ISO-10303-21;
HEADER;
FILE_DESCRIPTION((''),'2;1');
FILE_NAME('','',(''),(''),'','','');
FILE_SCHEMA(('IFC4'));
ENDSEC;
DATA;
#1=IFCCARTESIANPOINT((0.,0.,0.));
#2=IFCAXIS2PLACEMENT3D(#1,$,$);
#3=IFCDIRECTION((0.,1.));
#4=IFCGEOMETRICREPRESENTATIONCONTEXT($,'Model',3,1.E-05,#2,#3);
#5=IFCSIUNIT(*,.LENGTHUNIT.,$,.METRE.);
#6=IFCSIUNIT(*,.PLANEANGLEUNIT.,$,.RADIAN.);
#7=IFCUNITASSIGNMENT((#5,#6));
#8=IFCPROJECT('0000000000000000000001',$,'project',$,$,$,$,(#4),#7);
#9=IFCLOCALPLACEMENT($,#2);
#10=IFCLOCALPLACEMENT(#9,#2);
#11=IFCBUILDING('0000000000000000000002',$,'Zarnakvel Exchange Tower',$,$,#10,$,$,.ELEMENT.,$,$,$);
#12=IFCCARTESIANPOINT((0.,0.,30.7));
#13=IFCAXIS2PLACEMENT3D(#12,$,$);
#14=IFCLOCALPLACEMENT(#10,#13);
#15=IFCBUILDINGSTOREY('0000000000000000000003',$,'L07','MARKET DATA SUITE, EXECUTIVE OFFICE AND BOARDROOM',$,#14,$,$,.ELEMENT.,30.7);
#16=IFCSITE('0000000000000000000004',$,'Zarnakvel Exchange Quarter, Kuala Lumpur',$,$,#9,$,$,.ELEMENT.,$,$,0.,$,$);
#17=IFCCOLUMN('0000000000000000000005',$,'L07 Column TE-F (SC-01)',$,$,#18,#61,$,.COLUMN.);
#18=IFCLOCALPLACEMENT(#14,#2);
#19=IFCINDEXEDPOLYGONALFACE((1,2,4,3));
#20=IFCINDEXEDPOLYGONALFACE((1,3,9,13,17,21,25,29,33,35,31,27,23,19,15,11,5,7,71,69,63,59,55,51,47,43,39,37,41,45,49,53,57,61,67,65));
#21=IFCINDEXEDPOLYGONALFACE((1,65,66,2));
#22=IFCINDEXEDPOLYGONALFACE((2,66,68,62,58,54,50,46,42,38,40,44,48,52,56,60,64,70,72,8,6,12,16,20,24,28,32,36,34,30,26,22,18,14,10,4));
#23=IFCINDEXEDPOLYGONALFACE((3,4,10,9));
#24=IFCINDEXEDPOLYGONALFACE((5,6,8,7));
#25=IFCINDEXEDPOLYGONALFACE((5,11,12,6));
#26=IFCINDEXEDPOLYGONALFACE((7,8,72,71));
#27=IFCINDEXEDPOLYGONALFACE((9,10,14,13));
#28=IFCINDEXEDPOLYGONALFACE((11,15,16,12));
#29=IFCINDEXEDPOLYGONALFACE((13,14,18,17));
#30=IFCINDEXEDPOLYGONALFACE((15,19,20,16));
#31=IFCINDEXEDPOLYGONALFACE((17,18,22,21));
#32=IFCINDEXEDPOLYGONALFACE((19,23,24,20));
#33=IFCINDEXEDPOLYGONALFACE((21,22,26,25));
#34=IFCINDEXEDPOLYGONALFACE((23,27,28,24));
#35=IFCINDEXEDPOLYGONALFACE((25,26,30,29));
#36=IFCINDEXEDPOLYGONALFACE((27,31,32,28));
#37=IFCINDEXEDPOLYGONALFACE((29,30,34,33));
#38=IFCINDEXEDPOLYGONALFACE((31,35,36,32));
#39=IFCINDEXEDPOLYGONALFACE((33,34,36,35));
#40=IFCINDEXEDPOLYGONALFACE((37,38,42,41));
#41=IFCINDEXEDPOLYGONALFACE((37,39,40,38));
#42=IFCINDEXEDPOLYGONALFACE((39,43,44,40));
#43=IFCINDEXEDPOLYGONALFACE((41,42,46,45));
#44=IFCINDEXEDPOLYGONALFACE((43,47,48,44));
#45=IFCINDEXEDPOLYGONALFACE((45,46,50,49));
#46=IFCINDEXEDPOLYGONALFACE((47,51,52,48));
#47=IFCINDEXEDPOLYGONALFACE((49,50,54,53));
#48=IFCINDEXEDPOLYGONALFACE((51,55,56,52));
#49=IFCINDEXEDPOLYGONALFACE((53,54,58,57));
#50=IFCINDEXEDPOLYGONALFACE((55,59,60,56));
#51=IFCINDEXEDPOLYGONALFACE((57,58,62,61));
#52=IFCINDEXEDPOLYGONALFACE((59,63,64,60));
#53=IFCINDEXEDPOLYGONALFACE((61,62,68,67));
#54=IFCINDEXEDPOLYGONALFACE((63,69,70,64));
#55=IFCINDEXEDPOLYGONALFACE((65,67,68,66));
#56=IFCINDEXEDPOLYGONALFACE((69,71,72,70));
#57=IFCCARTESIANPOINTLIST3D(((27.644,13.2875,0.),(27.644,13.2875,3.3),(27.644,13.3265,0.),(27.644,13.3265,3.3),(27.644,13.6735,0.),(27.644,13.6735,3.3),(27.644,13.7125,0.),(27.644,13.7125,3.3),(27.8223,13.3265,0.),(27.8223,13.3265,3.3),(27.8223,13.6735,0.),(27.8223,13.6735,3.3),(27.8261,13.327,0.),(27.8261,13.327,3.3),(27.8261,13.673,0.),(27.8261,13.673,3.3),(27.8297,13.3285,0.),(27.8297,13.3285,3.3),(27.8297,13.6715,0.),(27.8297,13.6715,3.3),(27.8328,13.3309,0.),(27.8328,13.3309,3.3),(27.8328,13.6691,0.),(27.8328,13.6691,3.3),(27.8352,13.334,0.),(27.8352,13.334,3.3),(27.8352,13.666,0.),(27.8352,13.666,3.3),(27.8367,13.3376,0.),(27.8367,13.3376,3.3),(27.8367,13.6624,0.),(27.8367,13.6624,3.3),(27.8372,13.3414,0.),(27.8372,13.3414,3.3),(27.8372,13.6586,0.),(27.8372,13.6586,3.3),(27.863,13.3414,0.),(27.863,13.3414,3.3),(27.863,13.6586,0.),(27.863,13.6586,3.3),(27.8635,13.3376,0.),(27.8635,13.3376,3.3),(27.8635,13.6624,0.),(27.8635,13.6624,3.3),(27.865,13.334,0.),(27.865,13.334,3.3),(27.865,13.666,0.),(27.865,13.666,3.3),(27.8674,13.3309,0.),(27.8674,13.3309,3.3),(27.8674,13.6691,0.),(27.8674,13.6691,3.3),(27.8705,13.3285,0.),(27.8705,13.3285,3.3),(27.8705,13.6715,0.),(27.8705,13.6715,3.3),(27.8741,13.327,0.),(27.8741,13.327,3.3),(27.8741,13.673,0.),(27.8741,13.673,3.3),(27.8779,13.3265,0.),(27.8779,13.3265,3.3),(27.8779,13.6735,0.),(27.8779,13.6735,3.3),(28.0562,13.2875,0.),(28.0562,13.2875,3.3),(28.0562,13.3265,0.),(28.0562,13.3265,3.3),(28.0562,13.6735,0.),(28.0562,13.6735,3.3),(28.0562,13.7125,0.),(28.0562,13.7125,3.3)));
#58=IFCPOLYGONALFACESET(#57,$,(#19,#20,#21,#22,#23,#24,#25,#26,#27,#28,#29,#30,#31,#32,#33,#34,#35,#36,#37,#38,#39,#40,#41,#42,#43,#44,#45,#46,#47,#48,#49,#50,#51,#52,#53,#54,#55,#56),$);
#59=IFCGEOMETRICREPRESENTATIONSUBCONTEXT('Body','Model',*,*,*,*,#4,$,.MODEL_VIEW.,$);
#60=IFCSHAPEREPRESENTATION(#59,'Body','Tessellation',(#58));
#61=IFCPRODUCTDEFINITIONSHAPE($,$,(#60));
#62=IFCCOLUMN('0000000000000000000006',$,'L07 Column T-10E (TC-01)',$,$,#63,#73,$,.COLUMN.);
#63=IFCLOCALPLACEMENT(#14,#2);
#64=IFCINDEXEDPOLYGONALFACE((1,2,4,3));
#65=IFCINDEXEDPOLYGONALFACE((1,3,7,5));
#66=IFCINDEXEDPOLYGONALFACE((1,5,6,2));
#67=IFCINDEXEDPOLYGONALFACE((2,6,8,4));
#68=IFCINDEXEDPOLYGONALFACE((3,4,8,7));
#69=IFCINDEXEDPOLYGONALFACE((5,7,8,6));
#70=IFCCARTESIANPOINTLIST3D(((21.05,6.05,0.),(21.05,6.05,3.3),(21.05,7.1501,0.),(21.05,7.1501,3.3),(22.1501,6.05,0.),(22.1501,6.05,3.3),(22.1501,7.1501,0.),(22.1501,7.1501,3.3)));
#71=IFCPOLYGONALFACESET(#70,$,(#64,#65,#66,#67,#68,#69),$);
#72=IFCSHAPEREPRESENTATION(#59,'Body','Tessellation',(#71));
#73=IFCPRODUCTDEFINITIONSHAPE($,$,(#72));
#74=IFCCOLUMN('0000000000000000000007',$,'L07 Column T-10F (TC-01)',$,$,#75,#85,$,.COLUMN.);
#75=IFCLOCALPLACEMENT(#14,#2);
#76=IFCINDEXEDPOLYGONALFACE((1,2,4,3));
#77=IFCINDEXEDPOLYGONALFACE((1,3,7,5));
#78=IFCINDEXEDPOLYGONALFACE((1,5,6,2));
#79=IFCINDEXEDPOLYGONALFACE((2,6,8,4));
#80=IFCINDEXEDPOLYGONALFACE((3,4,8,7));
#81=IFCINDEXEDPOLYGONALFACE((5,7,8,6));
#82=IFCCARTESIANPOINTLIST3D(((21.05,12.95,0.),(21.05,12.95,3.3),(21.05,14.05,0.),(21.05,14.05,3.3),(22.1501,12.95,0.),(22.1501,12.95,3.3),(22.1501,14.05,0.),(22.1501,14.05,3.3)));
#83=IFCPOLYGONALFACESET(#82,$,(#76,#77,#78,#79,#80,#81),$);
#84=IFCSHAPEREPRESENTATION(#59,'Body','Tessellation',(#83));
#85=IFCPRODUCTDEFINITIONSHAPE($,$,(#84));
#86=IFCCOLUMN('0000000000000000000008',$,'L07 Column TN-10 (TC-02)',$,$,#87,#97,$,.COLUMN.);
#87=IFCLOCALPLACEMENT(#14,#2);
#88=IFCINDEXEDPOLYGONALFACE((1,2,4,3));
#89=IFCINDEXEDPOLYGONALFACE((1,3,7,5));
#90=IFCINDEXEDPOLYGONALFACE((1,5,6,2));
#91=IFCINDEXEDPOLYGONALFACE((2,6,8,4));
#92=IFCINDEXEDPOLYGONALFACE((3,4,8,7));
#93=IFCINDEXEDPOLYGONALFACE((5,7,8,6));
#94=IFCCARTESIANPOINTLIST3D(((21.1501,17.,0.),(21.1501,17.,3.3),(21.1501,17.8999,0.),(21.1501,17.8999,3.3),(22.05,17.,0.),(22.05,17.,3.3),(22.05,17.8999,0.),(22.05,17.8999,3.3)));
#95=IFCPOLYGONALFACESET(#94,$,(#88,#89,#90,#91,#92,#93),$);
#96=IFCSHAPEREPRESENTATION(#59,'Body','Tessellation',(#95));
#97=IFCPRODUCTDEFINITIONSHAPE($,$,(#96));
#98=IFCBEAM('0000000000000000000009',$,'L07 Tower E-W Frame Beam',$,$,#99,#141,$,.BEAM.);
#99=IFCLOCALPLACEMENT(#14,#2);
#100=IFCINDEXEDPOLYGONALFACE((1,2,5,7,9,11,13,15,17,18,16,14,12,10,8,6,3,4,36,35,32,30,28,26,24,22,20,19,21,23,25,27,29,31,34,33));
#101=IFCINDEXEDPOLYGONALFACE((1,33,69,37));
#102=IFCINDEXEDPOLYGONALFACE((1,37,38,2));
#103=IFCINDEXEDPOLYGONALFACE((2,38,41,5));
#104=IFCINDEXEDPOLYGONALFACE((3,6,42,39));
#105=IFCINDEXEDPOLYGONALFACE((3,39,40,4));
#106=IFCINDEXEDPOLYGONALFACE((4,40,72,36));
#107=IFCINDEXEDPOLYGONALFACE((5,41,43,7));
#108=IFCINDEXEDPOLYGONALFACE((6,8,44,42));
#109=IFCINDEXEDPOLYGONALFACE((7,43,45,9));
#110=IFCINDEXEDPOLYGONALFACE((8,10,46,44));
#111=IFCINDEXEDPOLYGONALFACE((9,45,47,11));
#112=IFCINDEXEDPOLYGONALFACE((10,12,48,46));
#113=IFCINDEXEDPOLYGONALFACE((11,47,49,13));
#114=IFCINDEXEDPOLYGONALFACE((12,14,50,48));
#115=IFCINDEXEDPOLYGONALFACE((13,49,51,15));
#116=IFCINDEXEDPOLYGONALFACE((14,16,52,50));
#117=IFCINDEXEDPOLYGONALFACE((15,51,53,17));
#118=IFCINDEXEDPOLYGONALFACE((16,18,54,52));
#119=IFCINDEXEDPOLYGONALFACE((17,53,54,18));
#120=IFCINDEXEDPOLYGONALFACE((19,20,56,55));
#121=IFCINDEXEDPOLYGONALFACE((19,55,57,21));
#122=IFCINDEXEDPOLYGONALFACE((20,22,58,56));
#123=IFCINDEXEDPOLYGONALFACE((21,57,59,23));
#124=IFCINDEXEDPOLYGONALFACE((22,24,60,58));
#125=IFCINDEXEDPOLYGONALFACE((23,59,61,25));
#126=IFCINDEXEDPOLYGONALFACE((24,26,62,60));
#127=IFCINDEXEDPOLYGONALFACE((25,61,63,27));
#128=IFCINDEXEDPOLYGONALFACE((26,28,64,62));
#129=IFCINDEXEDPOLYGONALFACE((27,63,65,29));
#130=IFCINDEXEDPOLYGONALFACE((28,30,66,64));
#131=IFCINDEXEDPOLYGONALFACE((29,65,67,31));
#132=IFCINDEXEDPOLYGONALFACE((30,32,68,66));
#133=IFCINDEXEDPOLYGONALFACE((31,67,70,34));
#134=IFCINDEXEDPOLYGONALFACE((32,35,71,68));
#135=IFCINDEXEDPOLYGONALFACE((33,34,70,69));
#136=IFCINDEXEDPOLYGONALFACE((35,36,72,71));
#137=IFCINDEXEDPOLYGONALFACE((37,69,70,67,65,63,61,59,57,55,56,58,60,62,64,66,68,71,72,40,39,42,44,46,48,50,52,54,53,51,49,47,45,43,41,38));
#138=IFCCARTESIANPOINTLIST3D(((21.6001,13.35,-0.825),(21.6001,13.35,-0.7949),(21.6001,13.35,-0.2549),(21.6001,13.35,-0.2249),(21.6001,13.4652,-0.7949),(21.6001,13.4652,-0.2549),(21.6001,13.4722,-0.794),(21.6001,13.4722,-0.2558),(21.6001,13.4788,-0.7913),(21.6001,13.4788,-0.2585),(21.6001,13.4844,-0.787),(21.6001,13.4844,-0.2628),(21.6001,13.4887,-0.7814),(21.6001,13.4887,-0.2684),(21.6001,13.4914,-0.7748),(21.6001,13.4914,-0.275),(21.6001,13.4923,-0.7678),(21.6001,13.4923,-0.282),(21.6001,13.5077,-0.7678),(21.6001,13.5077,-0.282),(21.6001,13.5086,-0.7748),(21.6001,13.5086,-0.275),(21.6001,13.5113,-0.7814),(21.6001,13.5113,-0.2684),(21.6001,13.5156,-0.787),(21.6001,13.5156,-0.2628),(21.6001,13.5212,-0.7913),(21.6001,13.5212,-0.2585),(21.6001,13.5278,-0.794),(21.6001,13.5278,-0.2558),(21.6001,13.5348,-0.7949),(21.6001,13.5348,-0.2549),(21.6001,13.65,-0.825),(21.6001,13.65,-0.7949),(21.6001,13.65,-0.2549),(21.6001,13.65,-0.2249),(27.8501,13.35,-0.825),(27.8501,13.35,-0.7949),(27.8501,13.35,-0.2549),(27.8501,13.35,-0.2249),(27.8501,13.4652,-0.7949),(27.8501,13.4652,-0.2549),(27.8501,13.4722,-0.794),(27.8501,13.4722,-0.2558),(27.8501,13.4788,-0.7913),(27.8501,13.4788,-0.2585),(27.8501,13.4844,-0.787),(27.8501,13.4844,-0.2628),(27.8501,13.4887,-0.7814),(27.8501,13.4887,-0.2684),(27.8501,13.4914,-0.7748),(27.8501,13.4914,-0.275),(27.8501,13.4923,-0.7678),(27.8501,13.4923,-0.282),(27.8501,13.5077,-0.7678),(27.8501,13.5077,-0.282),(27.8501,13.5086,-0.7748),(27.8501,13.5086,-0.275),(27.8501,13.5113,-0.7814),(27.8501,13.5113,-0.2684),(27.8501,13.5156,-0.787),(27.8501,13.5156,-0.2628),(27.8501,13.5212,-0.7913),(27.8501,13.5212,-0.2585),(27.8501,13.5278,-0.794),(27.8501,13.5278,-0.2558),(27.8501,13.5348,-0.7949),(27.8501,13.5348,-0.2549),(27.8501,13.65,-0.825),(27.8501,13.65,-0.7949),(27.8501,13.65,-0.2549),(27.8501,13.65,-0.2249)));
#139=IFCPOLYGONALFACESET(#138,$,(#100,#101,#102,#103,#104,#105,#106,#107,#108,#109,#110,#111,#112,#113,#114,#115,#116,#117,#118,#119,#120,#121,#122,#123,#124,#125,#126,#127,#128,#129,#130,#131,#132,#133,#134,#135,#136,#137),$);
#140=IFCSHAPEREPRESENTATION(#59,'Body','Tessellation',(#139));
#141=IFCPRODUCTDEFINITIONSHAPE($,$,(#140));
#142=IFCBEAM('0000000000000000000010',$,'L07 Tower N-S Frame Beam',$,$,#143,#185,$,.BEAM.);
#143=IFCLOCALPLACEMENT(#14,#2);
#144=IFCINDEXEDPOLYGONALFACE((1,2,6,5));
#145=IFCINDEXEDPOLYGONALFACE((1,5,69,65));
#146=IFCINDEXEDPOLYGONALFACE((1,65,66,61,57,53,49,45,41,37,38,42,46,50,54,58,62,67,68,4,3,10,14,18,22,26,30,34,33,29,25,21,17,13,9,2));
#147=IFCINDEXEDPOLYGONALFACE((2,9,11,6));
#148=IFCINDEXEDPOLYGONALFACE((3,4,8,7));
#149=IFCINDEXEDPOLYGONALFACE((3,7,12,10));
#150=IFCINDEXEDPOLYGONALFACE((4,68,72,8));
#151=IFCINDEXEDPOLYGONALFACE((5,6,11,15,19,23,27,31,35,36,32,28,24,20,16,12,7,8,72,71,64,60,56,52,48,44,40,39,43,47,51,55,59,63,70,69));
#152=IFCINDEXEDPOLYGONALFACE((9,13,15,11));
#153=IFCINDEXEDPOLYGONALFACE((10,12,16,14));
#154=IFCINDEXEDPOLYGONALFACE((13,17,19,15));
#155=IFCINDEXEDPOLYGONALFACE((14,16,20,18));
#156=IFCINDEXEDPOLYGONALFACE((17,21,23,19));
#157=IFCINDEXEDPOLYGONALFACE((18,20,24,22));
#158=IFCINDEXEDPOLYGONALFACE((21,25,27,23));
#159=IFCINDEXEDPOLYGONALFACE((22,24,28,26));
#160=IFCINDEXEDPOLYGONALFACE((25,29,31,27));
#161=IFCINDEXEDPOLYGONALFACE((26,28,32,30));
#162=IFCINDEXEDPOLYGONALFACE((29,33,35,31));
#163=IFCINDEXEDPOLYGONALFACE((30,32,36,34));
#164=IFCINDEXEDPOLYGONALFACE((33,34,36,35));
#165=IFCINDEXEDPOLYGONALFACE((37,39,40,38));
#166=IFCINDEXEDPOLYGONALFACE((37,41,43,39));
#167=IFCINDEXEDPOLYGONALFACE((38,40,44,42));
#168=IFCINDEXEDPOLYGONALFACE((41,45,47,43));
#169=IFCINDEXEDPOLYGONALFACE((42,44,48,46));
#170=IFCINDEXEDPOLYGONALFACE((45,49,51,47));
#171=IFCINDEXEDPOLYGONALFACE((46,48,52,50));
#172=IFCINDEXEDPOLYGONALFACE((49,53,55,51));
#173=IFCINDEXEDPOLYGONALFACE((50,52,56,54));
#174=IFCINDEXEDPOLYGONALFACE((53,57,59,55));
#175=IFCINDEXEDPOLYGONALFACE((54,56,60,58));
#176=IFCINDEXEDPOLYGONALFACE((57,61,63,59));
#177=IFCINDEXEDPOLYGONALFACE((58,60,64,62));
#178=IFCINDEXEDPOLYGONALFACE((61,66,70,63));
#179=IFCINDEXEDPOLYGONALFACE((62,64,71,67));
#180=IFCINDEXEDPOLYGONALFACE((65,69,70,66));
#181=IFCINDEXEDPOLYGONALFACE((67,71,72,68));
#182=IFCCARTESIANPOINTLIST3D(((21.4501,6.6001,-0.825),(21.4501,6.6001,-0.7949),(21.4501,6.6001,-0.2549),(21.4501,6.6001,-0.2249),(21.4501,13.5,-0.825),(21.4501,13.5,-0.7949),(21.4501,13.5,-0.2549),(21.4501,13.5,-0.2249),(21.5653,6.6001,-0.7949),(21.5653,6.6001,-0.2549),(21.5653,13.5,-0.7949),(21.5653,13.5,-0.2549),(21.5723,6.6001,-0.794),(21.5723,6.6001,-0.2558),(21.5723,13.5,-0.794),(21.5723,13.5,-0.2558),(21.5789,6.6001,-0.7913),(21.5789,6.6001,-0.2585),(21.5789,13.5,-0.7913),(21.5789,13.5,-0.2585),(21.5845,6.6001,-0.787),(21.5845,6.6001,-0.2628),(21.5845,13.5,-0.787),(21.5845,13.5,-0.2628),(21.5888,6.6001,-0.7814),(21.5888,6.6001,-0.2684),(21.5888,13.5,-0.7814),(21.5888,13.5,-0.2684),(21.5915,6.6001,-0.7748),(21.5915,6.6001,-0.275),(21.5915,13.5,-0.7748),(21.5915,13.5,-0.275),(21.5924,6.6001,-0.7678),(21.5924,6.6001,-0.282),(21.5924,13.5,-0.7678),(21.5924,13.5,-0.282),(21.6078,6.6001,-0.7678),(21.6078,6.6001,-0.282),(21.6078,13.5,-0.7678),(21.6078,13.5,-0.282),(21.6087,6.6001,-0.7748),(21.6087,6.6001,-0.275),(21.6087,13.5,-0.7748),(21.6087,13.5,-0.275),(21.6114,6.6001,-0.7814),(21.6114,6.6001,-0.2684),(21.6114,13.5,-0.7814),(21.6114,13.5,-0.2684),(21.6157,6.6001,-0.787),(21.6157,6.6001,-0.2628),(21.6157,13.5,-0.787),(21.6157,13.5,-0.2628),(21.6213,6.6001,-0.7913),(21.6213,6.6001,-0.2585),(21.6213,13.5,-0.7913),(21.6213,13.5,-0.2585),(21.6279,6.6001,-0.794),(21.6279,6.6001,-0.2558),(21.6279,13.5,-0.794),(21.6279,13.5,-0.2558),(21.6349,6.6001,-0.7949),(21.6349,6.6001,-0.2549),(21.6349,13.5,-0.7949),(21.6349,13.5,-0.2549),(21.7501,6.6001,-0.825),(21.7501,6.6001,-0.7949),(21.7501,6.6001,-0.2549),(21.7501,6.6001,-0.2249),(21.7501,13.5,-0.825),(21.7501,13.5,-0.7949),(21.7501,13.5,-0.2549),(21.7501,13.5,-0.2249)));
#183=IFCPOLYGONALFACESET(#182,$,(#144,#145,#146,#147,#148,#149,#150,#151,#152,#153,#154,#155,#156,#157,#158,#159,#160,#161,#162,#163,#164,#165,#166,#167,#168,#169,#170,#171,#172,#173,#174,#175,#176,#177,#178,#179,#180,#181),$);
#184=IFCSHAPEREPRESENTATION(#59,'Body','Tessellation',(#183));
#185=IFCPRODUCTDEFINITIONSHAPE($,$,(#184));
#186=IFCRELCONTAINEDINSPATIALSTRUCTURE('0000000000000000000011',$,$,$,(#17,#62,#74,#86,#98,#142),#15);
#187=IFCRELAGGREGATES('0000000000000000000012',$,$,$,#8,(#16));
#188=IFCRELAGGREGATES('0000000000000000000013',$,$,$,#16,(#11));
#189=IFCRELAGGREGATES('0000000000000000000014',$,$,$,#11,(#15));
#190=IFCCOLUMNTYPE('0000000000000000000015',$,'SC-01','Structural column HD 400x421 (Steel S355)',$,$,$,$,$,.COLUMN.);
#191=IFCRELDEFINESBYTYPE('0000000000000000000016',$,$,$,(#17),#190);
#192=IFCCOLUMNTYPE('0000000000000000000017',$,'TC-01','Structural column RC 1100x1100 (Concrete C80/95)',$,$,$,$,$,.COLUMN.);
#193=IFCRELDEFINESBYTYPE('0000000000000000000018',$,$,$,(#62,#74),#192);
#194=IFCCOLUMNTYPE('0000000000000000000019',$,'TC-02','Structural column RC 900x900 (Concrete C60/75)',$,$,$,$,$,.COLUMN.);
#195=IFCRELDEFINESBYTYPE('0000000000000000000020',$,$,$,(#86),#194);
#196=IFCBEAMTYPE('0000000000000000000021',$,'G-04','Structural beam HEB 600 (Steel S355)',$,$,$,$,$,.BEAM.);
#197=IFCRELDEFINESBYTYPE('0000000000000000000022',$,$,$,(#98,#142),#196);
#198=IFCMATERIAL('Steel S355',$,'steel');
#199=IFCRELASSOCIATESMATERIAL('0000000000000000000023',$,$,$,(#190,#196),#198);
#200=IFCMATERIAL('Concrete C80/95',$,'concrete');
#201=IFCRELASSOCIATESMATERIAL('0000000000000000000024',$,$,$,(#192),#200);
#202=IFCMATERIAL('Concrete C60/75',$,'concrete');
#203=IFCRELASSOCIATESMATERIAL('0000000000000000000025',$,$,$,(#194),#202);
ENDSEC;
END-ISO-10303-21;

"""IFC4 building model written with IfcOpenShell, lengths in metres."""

from ifc_helpers import new_model, si_unit, direction, frame, origin, origin_2d, place, context, subcontext, project, spatial, rectangle, i_section, extrude, material, material_profile, profile_set, type_object, element, save


model = new_model("IFC4")

# Units and contexts
model_context = context("Model", 3, precision=1e-05, world=origin(), true_north=direction((0.0, 1.0)))
body_context = subcontext(model_context, "Body", "Model", "MODEL_VIEW")
ifc_project = project(units=[si_unit("LENGTHUNIT", "METRE"), si_unit("PLANEANGLEUNIT", "RADIAN")], contexts=[model_context])

# Site, building, storey
site_placement = place(None, origin())
site = spatial("IfcSite", under=ifc_project, at=site_placement, Name="Zarnakvel Exchange Quarter, Kuala Lumpur", CompositionType="ELEMENT", RefElevation=0.0)
building_placement = place(site_placement, origin())
building = spatial("IfcBuilding", under=site, at=building_placement, Name="Zarnakvel Exchange Tower", CompositionType="ELEMENT")
storey_placement = place(building_placement, frame((0.0, 0.0, 30.7)))
storey = spatial("IfcBuildingStorey", under=building, at=storey_placement, Name="L07", Description="MARKET DATA SUITE, EXECUTIVE OFFICE AND BOARDROOM", CompositionType="ELEMENT", Elevation=30.7)

# Columns
ifc_material_1 = material(Name="Steel S355", Category="steel")
ifc_material_profile_1 = material_profile(ifc_material_1, i_section(OverallWidth=0.4121, OverallDepth=0.425, WebThickness=0.0259, FlangeThickness=0.0391, FilletRadius=0.0149, at=origin_2d()))
ifc_profile_set_1 = profile_set([ifc_material_profile_1], Name="Steel S355")
column_type_1 = type_object("IfcColumnType", Name="SC-01", Description="Structural column HD 400x421 (Steel S355)", PredefinedType="COLUMN", material=ifc_profile_set_1)
column_1_placement = place(storey_placement, frame((27.8501, 13.5, 0.0), z_axis=(0.0, 0.0, 1.0), x_axis=(1.0, 0.0, 0.0)))
element("IfcColumn", 1, at=column_1_placement, inside=storey, type_object=column_type_1, Name="L07 Column TE-F (SC-01)", PredefinedType="COLUMN", context=body_context, shape_type="SweptSolid", body=[
    extrude(i_section(OverallWidth=0.4121, OverallDepth=0.425, WebThickness=0.0259, FlangeThickness=0.0391, FilletRadius=0.0149, at=origin_2d()), origin(), (0.0, 0.0, 1.0), 3.3),
])
ifc_material_2 = material(Name="Concrete C80/95", Category="concrete")
ifc_material_profile_2 = material_profile(ifc_material_2, rectangle(XDim=1.1001, YDim=1.1001, at=origin_2d()))
ifc_profile_set_2 = profile_set([ifc_material_profile_2], Name="Concrete C80/95")
column_type_2 = type_object("IfcColumnType", Name="TC-01", Description="Structural column RC 1100x1100 (Concrete C80/95)", PredefinedType="COLUMN", material=ifc_profile_set_2)
for number, where, z_axis, x_axis, name in (
    (2, (21.6001, 6.6001, 0.0), (0.0, 0.0, 1.0), (1.0, 0.0, 0.0), "L07 Column T-10E (TC-01)"),
    (3, (21.6001, 13.5, 0.0), (0.0, 0.0, 1.0), (1.0, 0.0, 0.0), "L07 Column T-10F (TC-01)"),
):
    element("IfcColumn", number, at=place(storey_placement, frame(where, z_axis=z_axis, x_axis=x_axis)), inside=storey, type_object=column_type_2, Name=name, PredefinedType="COLUMN", context=body_context, shape_type="SweptSolid", body=[
        extrude(rectangle(XDim=1.1001, YDim=1.1001, at=origin_2d()), origin(), (0.0, 0.0, 1.0), 3.3),
    ])
ifc_material_3 = material(Name="Concrete C60/75", Category="concrete")
ifc_material_profile_3 = material_profile(ifc_material_3, rectangle(XDim=0.8999, YDim=0.8999, at=origin_2d()))
ifc_profile_set_3 = profile_set([ifc_material_profile_3], Name="Concrete C60/75")
column_type_3 = type_object("IfcColumnType", Name="TC-02", Description="Structural column RC 900x900 (Concrete C60/75)", PredefinedType="COLUMN", material=ifc_profile_set_3)
column_2_placement = place(storey_placement, frame((21.6001, 17.45, 0.0), z_axis=(0.0, 0.0, 1.0), x_axis=(1.0, 0.0, 0.0)))
element("IfcColumn", 4, at=column_2_placement, inside=storey, type_object=column_type_3, Name="L07 Column TN-10 (TC-02)", PredefinedType="COLUMN", context=body_context, shape_type="SweptSolid", body=[
    extrude(rectangle(XDim=0.8999, YDim=0.8999, at=origin_2d()), origin(), (0.0, 0.0, 1.0), 3.3),
])

# Beams
ifc_material_profile_4 = material_profile(ifc_material_1, i_section(OverallWidth=0.3, OverallDepth=0.6001, WebThickness=0.0154, FlangeThickness=0.03, FilletRadius=0.0271, at=origin_2d()))
ifc_profile_set_4 = profile_set([ifc_material_profile_4], Name="Steel S355")
beam_type = type_object("IfcBeamType", Name="G-04", Description="Structural beam HEB 600 (Steel S355)", PredefinedType="BEAM", material=ifc_profile_set_4)
beam_1_placement = place(storey_placement, frame((21.6001, 13.5, -0.5249), z_axis=(1.0, 0.0, 0.0), x_axis=(0.0, 1.0, 0.0)))
element("IfcBeam", 5, at=beam_1_placement, inside=storey, type_object=beam_type, Name="L07 Tower E-W Frame Beam", PredefinedType="BEAM", context=body_context, shape_type="SweptSolid", body=[
    extrude(i_section(OverallWidth=0.3, OverallDepth=0.6001, WebThickness=0.0154, FlangeThickness=0.03, FilletRadius=0.0271, at=origin_2d()), origin(), (0.0, 0.0, 1.0), 6.25),
])
beam_2_placement = place(storey_placement, frame((21.6001, 6.6001, -0.5249), z_axis=(0.0, 1.0, 0.0), x_axis=(-1.0, 0.0, 0.0)))
element("IfcBeam", 6, at=beam_2_placement, inside=storey, type_object=beam_type, Name="L07 Tower N-S Frame Beam", PredefinedType="BEAM", context=body_context, shape_type="SweptSolid", body=[
    extrude(i_section(OverallWidth=0.3, OverallDepth=0.6001, WebThickness=0.0154, FlangeThickness=0.03, FilletRadius=0.0271, at=origin_2d()), origin(), (0.0, 0.0, 1.0), 6.8999),
])

save(model, "model.ifc")
